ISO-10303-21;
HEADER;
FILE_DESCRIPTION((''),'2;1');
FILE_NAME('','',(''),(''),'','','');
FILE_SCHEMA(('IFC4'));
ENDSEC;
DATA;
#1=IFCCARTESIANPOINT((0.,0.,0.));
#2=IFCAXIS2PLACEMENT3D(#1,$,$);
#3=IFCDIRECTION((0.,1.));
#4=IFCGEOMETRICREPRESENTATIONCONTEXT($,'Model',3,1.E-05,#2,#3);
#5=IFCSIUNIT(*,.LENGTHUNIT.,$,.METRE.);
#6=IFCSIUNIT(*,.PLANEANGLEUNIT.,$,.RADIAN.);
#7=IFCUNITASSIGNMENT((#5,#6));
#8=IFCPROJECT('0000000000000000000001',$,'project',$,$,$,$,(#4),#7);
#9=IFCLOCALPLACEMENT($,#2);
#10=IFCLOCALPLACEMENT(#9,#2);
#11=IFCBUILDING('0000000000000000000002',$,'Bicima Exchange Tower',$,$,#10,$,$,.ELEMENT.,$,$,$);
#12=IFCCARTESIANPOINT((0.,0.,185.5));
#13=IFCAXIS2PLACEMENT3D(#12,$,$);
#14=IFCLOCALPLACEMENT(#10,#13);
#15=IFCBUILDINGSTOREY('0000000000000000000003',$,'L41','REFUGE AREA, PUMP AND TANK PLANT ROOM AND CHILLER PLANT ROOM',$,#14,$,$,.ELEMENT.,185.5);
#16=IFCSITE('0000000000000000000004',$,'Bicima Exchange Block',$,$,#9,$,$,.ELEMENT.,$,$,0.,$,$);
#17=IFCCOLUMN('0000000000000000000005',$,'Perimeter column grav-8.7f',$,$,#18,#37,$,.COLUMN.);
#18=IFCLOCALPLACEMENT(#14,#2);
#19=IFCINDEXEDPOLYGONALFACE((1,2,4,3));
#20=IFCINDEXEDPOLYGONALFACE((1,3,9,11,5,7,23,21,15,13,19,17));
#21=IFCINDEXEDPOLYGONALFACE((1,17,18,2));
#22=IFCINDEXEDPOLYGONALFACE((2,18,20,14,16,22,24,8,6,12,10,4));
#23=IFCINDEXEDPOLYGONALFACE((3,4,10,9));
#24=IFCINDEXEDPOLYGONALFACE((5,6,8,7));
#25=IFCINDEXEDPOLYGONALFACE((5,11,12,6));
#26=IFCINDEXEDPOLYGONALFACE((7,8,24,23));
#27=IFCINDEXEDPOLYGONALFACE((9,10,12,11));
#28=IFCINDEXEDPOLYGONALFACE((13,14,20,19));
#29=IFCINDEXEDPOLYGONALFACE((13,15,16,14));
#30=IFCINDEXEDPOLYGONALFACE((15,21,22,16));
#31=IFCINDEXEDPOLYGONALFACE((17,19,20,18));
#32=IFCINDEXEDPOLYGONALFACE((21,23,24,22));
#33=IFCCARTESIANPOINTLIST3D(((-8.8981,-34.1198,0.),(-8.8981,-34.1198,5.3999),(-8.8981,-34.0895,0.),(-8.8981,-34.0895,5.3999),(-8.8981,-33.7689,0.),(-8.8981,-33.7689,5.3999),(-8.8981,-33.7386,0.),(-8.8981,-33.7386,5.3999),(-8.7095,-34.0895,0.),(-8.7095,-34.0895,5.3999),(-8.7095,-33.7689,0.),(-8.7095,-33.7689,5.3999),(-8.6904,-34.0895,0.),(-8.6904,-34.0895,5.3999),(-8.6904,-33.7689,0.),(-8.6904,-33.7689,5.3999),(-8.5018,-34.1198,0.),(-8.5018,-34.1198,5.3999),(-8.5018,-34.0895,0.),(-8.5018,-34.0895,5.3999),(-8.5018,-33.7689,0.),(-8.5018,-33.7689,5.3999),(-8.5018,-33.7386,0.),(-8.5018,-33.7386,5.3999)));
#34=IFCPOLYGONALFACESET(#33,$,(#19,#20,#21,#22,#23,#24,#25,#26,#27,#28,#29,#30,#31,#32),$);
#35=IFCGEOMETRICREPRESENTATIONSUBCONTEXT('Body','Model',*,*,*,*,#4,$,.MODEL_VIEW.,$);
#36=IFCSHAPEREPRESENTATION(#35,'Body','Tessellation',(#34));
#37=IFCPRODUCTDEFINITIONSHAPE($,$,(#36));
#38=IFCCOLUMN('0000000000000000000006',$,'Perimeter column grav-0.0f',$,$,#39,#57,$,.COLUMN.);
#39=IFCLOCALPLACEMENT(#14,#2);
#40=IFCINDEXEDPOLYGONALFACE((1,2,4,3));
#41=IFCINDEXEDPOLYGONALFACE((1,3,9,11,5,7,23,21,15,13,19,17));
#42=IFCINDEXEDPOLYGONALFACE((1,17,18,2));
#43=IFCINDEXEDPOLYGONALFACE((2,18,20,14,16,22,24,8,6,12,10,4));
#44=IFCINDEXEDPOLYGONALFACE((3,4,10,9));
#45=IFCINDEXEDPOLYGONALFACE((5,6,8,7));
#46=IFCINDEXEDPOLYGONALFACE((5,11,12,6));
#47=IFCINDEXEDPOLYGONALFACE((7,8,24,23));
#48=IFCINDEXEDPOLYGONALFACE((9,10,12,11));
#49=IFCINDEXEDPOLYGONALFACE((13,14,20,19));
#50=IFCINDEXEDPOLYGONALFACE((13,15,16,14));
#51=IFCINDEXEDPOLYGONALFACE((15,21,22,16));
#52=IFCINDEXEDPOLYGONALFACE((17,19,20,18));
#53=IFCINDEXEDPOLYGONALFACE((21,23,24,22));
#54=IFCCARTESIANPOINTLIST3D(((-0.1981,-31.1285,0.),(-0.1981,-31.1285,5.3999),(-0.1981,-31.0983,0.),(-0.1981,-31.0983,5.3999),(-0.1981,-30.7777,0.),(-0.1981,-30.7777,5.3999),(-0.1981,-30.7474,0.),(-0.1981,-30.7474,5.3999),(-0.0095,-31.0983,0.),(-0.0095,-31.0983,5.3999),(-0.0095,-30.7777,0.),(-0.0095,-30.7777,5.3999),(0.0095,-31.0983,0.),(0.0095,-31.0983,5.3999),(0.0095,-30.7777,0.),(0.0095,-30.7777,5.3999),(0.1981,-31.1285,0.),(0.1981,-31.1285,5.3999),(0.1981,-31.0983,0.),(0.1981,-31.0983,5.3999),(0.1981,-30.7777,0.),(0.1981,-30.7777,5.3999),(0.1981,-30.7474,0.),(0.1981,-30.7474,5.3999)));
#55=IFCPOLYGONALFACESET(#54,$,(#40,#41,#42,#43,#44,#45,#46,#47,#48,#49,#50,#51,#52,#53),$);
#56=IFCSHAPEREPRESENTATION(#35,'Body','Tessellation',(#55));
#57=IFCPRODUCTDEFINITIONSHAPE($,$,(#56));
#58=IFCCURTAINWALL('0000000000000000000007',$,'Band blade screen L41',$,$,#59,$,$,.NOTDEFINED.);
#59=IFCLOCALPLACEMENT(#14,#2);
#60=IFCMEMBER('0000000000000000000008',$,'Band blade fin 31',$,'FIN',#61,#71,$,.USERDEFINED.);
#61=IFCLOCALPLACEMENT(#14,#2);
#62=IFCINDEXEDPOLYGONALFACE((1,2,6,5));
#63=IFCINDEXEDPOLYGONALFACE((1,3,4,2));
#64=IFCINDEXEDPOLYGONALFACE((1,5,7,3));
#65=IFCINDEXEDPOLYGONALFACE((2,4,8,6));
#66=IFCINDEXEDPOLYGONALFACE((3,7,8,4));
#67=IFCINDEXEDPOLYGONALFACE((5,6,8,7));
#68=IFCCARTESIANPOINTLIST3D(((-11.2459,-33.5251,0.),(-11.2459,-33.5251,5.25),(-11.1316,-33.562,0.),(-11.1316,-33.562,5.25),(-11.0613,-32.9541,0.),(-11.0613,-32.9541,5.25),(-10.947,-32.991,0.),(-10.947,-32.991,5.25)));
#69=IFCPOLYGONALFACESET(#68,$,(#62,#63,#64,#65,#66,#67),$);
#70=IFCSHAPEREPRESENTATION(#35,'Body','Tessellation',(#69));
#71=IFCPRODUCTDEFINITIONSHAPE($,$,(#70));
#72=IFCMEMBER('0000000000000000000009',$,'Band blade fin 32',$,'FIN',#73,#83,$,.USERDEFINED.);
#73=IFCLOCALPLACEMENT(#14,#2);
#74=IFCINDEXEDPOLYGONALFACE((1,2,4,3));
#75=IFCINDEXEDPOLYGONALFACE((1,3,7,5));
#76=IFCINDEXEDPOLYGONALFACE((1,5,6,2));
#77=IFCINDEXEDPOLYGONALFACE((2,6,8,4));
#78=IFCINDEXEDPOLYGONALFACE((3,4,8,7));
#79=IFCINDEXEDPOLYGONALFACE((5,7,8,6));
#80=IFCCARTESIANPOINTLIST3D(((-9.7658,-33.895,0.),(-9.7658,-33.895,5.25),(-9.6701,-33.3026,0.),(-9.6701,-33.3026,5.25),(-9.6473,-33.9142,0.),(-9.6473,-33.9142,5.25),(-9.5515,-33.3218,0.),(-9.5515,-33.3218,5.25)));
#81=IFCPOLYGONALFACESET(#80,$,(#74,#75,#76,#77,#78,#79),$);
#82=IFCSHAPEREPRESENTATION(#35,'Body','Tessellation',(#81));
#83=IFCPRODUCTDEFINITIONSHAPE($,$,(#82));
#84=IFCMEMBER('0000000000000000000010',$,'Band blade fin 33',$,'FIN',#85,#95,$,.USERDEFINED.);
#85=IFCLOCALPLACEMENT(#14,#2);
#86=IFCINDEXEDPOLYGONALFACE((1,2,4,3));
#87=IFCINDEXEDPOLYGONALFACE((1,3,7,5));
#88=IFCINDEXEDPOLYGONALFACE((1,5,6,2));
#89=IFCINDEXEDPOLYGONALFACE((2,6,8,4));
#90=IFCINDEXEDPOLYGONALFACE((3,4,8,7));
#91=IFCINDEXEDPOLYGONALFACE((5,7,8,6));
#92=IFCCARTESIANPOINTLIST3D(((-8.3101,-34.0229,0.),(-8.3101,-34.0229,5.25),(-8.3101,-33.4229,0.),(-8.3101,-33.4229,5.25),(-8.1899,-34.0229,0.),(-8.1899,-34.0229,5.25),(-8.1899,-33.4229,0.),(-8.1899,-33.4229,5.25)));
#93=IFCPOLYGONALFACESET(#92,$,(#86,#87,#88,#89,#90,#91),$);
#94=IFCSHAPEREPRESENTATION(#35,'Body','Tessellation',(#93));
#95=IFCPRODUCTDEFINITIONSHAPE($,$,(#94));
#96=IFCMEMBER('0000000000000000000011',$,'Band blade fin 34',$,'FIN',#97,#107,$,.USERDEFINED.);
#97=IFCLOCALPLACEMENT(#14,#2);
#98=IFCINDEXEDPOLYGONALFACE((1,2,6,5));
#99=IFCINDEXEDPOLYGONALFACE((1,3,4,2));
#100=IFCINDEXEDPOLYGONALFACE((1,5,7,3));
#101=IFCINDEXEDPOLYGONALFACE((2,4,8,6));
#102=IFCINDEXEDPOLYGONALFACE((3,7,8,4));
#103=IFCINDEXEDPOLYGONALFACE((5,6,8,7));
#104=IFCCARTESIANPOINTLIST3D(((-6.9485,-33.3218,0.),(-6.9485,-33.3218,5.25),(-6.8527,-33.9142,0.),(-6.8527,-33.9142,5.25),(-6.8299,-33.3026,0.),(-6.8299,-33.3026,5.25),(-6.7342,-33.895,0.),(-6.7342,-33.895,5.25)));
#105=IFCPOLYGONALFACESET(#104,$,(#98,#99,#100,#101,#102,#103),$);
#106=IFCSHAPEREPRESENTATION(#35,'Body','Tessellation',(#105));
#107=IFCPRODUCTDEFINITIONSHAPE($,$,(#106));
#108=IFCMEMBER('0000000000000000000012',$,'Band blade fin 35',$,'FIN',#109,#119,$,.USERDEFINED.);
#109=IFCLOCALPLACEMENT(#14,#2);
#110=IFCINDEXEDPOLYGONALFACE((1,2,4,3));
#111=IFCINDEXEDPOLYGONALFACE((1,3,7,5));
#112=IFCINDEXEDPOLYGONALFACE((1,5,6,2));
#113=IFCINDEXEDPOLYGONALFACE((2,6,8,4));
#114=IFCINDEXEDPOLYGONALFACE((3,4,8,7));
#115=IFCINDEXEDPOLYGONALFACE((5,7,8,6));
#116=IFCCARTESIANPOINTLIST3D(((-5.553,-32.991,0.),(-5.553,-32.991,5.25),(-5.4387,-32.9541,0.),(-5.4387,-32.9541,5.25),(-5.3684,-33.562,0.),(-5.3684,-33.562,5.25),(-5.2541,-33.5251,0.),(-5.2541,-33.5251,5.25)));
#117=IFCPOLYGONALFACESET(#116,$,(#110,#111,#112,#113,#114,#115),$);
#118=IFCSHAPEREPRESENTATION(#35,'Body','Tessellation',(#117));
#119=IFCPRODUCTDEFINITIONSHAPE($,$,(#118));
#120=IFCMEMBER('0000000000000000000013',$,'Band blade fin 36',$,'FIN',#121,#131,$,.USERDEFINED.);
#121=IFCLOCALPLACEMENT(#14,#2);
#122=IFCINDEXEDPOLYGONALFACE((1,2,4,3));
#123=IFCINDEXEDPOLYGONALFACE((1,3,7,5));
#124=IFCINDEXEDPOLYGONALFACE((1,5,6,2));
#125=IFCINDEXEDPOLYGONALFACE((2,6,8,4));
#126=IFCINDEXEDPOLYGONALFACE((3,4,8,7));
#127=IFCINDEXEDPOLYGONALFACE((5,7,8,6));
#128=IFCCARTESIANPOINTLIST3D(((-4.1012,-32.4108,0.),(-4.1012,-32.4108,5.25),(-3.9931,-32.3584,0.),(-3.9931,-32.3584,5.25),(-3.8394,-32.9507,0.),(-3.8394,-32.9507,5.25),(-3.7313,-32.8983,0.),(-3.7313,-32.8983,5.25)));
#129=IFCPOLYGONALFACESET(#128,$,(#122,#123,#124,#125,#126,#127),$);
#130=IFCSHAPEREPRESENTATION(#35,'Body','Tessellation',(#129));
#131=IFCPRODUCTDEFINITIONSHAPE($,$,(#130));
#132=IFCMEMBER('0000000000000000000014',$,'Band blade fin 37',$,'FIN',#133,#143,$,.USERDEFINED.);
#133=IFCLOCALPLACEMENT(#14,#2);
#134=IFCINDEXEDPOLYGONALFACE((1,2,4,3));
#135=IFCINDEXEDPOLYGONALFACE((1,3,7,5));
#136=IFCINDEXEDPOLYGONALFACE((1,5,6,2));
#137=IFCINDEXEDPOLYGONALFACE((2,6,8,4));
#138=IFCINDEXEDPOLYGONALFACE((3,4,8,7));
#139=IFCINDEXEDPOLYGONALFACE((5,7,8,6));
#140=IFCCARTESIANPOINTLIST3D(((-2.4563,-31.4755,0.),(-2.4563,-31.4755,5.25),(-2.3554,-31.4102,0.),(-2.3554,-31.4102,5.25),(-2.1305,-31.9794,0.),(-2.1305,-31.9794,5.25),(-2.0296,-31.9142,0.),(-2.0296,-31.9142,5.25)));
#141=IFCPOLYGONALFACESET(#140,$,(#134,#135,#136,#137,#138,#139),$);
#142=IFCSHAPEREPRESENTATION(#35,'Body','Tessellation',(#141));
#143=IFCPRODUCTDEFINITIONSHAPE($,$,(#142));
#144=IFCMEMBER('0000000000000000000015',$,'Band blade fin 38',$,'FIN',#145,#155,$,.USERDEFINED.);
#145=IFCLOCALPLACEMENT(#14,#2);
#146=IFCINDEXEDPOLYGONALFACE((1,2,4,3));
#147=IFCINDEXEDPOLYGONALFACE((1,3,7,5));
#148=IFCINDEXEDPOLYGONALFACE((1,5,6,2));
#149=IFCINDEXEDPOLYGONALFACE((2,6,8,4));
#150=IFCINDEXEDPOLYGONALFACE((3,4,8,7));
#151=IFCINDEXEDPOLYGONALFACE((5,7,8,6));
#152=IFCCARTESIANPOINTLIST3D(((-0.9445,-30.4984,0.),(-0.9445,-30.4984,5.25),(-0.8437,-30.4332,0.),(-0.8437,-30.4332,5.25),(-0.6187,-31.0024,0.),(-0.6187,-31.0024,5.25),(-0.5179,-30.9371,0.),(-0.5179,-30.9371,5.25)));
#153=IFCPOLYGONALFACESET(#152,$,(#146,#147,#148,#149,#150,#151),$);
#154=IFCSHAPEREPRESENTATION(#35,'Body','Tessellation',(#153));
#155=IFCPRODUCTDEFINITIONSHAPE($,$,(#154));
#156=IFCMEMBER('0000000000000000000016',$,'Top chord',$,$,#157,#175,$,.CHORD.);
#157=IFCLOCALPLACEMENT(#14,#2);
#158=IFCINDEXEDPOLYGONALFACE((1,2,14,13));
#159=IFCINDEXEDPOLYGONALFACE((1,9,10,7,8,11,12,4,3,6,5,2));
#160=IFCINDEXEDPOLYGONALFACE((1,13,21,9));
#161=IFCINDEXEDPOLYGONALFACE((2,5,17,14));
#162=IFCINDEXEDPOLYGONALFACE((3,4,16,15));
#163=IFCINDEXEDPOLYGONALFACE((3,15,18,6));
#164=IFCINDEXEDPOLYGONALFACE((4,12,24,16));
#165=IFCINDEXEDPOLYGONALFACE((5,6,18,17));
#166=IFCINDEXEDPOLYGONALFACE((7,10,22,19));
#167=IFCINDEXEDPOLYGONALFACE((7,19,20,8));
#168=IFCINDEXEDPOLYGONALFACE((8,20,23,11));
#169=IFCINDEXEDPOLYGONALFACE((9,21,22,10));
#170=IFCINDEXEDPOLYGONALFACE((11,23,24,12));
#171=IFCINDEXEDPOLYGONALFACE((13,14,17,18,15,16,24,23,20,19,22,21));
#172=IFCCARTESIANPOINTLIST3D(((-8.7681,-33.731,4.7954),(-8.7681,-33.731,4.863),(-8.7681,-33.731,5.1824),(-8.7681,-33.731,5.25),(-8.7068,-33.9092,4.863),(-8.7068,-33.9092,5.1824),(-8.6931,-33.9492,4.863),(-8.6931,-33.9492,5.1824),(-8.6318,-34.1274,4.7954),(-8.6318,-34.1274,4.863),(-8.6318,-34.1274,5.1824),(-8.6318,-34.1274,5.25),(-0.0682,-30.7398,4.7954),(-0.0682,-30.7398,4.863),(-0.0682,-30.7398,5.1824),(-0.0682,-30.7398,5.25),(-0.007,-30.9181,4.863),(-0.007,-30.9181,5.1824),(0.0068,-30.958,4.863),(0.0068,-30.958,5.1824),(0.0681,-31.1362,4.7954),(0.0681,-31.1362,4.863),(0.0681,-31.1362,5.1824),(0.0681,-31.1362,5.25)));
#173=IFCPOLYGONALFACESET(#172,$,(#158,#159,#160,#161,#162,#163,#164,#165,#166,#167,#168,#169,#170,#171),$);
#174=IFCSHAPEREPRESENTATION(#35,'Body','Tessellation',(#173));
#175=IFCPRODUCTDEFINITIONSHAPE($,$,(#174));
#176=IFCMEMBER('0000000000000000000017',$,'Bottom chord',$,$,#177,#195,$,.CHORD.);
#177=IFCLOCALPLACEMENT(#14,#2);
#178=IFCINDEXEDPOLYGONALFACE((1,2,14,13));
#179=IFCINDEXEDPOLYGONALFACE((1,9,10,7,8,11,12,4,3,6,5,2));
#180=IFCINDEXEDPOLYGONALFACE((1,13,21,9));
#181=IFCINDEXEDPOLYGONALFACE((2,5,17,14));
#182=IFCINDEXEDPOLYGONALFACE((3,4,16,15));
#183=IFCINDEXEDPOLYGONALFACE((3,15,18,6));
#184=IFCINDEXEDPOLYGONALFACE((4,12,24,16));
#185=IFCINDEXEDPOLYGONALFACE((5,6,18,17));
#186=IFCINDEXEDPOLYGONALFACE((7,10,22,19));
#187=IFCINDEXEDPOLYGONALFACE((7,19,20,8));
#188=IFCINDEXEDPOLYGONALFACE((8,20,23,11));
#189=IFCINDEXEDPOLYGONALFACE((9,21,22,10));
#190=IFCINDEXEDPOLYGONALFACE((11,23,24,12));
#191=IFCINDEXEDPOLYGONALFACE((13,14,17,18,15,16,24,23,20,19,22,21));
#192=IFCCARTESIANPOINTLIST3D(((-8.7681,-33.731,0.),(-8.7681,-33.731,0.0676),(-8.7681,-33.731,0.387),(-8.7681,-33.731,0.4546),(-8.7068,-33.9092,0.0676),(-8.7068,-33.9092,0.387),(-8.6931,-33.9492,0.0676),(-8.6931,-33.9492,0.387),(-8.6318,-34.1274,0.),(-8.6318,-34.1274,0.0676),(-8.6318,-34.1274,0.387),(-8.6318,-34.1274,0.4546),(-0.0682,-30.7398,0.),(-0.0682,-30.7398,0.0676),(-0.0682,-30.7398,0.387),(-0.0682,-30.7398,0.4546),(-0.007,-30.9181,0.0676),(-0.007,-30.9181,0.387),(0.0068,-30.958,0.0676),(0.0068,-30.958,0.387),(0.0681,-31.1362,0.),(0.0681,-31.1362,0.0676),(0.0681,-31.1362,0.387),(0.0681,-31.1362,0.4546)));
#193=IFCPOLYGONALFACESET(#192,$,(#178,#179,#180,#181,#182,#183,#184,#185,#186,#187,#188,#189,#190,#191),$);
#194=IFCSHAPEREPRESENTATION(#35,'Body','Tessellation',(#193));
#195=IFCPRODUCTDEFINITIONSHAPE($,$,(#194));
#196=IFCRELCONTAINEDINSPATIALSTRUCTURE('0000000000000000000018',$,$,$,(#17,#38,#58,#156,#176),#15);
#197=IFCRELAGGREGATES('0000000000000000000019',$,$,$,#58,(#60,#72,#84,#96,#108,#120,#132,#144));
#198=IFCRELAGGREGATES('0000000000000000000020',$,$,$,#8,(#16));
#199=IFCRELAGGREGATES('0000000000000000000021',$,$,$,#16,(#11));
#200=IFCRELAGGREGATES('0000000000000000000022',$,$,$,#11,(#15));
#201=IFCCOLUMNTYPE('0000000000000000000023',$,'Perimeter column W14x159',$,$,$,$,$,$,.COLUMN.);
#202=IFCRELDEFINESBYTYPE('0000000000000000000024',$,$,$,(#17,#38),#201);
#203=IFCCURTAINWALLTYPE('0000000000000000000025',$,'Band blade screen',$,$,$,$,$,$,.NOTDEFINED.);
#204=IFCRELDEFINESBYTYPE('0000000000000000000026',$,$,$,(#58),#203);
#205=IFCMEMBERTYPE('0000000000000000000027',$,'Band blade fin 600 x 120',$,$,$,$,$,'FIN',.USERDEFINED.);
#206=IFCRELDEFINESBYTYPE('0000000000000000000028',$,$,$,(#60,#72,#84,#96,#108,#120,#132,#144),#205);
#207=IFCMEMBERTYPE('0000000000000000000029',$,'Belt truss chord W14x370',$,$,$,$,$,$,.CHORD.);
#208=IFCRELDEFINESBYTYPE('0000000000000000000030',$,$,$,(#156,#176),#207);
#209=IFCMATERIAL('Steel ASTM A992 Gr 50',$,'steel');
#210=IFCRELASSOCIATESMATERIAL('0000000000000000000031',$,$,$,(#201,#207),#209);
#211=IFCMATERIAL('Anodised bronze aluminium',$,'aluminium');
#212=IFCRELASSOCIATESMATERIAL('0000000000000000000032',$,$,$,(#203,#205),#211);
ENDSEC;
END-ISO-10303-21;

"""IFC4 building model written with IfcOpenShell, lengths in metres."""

from ifc_helpers import new_model, si_unit, direction, frame, origin, origin_2d, place, context, subcontext, project, spatial, rectangle, i_section, extrude, material, material_profile, profile_set, type_object, element, aggregate, save


model = new_model("IFC4")

# Units and contexts
model_context = context("Model", 3, precision=1e-05, world=origin(), true_north=direction((0.0, 1.0)))
body_context = subcontext(model_context, "Body", "Model", "MODEL_VIEW")
ifc_project = project(units=[si_unit("LENGTHUNIT", "METRE"), si_unit("PLANEANGLEUNIT", "RADIAN")], contexts=[model_context])

# Site, building, storey
site_placement = place(None, origin())
site = spatial("IfcSite", under=ifc_project, at=site_placement, Name="Bicima Exchange Block", CompositionType="ELEMENT", RefElevation=0.0)
building_placement = place(site_placement, origin())
building = spatial("IfcBuilding", under=site, at=building_placement, Name="Bicima Exchange Tower", CompositionType="ELEMENT")
storey_placement = place(building_placement, frame((0.0, 0.0, 185.5)))
storey = spatial("IfcBuildingStorey", under=building, at=storey_placement, Name="L41", Description="REFUGE AREA, PUMP AND TANK PLANT ROOM AND CHILLER PLANT ROOM", CompositionType="ELEMENT", Elevation=185.5)

# Columns
ifc_material_1 = material(Name="Steel ASTM A992 Gr 50", Category="steel")
ifc_material_profile_1 = material_profile(ifc_material_1, i_section(OverallWidth=0.3962, OverallDepth=0.3811, WebThickness=0.019, FlangeThickness=0.0303, at=origin_2d()))
ifc_profile_set_1 = profile_set([ifc_material_profile_1], Name="Steel ASTM A992 Gr 50")
column_type = type_object("IfcColumnType", Name="Perimeter column W14x159", PredefinedType="COLUMN", material=ifc_profile_set_1)
for number, where, z_axis, x_axis, name in (
    (1, (-8.7, -33.9292, 0.0), (0.0, 0.0, 1.0), (1.0, 0.0, 0.0), "Perimeter column grav-8.7f"),
    (2, (0.0, -30.938, 0.0), (0.0, 0.0, 1.0), (1.0, 0.0, 0.0), "Perimeter column grav-0.0f"),
):
    element("IfcColumn", number, at=place(storey_placement, frame(where, z_axis=z_axis, x_axis=x_axis)), inside=storey, type_object=column_type, Name=name, PredefinedType="COLUMN", context=body_context, shape_type="SweptSolid", body=[
        extrude(i_section(OverallWidth=0.3962, OverallDepth=0.3811, WebThickness=0.019, FlangeThickness=0.0303, at=origin_2d()), origin(), (0.0, 0.0, 1.0), 5.3999),
    ])

# Curtain wall, members
ifc_material_2 = material(Name="Anodised bronze aluminium", Category="aluminium")
curtain_wall_type = type_object("IfcCurtainWallType", Name="Band blade screen", PredefinedType="NOTDEFINED", material=ifc_material_2)
curtain_wall_placement = place(storey_placement, origin())
curtain_wall = element("IfcCurtainWall", 3, at=curtain_wall_placement, inside=storey, type_object=curtain_wall_type, Name="Band blade screen L41", PredefinedType="NOTDEFINED")
ifc_material_profile_2 = material_profile(ifc_material_2, rectangle(XDim=0.6001, YDim=0.1201, at=origin_2d()))
ifc_profile_set_2 = profile_set([ifc_material_profile_2], Name="Anodised bronze aluminium")
member_type_1 = type_object("IfcMemberType", Name="Band blade fin 600 x 120", ElementType="FIN", PredefinedType="USERDEFINED", material=ifc_profile_set_2)
member_1_placement = place(storey_placement, frame((-11.0964, -33.2581, 0.0), z_axis=(0.0, 0.0, 1.0), x_axis=(0.307553, 0.951531, 0.0)))
member_1 = element("IfcMember", 4, at=member_1_placement, type_object=member_type_1, Name="Band blade fin 31", ObjectType="FIN", PredefinedType="USERDEFINED", context=body_context, shape_type="SweptSolid", body=[
    extrude(rectangle(XDim=0.6001, YDim=0.1201, at=origin_2d()), origin(), (0.0, 0.0, 1.0), 5.25),
])
member_2_placement = place(storey_placement, frame((-9.6587, -33.6084, 0.0), z_axis=(0.0, 0.0, 1.0), x_axis=(0.159533, 0.987193, 0.0)))
member_2 = element("IfcMember", 5, at=member_2_placement, type_object=member_type_1, Name="Band blade fin 32", ObjectType="FIN", PredefinedType="USERDEFINED", context=body_context, shape_type="SweptSolid", body=[
    extrude(rectangle(XDim=0.6001, YDim=0.1201, at=origin_2d()), origin(), (0.0, 0.0, 1.0), 5.25),
])
member_3_placement = place(storey_placement, frame((-8.25, -33.7229, 0.0), z_axis=(0.0, 0.0, 1.0), x_axis=(0.0, 1.0, 0.0)))
member_3 = element("IfcMember", 6, at=member_3_placement, type_object=member_type_1, Name="Band blade fin 33", ObjectType="FIN", PredefinedType="USERDEFINED", context=body_context, shape_type="SweptSolid", body=[
    extrude(rectangle(XDim=0.6001, YDim=0.1201, at=origin_2d()), origin(), (0.0, 0.0, 1.0), 5.25),
])
member_4_placement = place(storey_placement, frame((-6.8413, -33.6084, 0.0), z_axis=(0.0, 0.0, 1.0), x_axis=(-0.159533, 0.987193, 0.0)))
member_4 = element("IfcMember", 7, at=member_4_placement, type_object=member_type_1, Name="Band blade fin 34", ObjectType="FIN", PredefinedType="USERDEFINED", context=body_context, shape_type="SweptSolid", body=[
    extrude(rectangle(XDim=0.6001, YDim=0.1201, at=origin_2d()), origin(), (0.0, 0.0, 1.0), 5.25),
])
member_5_placement = place(storey_placement, frame((-5.4036, -33.2581, 0.0), z_axis=(0.0, 0.0, 1.0), x_axis=(-0.307553, 0.951531, 0.0)))
member_5 = element("IfcMember", 8, at=member_5_placement, type_object=member_type_1, Name="Band blade fin 35", ObjectType="FIN", PredefinedType="USERDEFINED", context=body_context, shape_type="SweptSolid", body=[
    extrude(rectangle(XDim=0.6001, YDim=0.1201, at=origin_2d()), origin(), (0.0, 0.0, 1.0), 5.25),
])
member_6_placement = place(storey_placement, frame((-3.9163, -32.6545, 0.0), z_axis=(0.0, 0.0, 1.0), x_axis=(-0.436287, 0.899808, 0.0)))
member_6 = element("IfcMember", 9, at=member_6_placement, type_object=member_type_1, Name="Band blade fin 36", ObjectType="FIN", PredefinedType="USERDEFINED", context=body_context, shape_type="SweptSolid", body=[
    extrude(rectangle(XDim=0.6001, YDim=0.1201, at=origin_2d()), origin(), (0.0, 0.0, 1.0), 5.25),
])
member_7_placement = place(storey_placement, frame((-2.2429, -31.6948, 0.0), z_axis=(0.0, 0.0, 1.0), x_axis=(-0.542909, 0.839791, 0.0)))
member_7 = element("IfcMember", 10, at=member_7_placement, type_object=member_type_1, Name="Band blade fin 37", ObjectType="FIN", PredefinedType="USERDEFINED", context=body_context, shape_type="SweptSolid", body=[
    extrude(rectangle(XDim=0.6001, YDim=0.1201, at=origin_2d()), origin(), (0.0, 0.0, 1.0), 5.25),
])
member_8_placement = place(storey_placement, frame((-0.7312, -30.7178, 0.0), z_axis=(0.0, 0.0, 1.0), x_axis=(-0.542909, 0.839791, 0.0)))
member_8 = element("IfcMember", 11, at=member_8_placement, type_object=member_type_1, Name="Band blade fin 38", ObjectType="FIN", PredefinedType="USERDEFINED", context=body_context, shape_type="SweptSolid", body=[
    extrude(rectangle(XDim=0.6001, YDim=0.1201, at=origin_2d()), origin(), (0.0, 0.0, 1.0), 5.25),
])
aggregate(curtain_wall, [member_1, member_2, member_3, member_4, member_5, member_6, member_7, member_8])

# Members
ifc_material_profile_3 = material_profile(ifc_material_1, i_section(OverallWidth=0.4192, OverallDepth=0.4546, WebThickness=0.0422, FlangeThickness=0.0676, at=origin_2d()))
ifc_profile_set_3 = profile_set([ifc_material_profile_3], Name="Steel ASTM A992 Gr 50")
member_type_2 = type_object("IfcMemberType", Name="Belt truss chord W14x370", PredefinedType="CHORD", material=ifc_profile_set_3)
for number, where, z_axis, x_axis, name in (
    (12, (-8.7, -33.9292, 5.0227), (0.945666, 0.325138, 0.0), (-0.325138, 0.945666, 0.0), "Top chord"),
    (13, (-8.7, -33.9292, 0.2273), (0.945666, 0.325138, 0.0), (-0.325138, 0.945666, 0.0), "Bottom chord"),
):
    element("IfcMember", number, at=place(storey_placement, frame(where, z_axis=z_axis, x_axis=x_axis)), inside=storey, type_object=member_type_2, Name=name, PredefinedType="CHORD", context=body_context, shape_type="SweptSolid", body=[
        extrude(i_section(OverallWidth=0.4192, OverallDepth=0.4546, WebThickness=0.0422, FlangeThickness=0.0676, at=origin_2d()), origin(), (0.0, 0.0, 1.0), 9.1997),
    ])

save(model, "model.ifc")
